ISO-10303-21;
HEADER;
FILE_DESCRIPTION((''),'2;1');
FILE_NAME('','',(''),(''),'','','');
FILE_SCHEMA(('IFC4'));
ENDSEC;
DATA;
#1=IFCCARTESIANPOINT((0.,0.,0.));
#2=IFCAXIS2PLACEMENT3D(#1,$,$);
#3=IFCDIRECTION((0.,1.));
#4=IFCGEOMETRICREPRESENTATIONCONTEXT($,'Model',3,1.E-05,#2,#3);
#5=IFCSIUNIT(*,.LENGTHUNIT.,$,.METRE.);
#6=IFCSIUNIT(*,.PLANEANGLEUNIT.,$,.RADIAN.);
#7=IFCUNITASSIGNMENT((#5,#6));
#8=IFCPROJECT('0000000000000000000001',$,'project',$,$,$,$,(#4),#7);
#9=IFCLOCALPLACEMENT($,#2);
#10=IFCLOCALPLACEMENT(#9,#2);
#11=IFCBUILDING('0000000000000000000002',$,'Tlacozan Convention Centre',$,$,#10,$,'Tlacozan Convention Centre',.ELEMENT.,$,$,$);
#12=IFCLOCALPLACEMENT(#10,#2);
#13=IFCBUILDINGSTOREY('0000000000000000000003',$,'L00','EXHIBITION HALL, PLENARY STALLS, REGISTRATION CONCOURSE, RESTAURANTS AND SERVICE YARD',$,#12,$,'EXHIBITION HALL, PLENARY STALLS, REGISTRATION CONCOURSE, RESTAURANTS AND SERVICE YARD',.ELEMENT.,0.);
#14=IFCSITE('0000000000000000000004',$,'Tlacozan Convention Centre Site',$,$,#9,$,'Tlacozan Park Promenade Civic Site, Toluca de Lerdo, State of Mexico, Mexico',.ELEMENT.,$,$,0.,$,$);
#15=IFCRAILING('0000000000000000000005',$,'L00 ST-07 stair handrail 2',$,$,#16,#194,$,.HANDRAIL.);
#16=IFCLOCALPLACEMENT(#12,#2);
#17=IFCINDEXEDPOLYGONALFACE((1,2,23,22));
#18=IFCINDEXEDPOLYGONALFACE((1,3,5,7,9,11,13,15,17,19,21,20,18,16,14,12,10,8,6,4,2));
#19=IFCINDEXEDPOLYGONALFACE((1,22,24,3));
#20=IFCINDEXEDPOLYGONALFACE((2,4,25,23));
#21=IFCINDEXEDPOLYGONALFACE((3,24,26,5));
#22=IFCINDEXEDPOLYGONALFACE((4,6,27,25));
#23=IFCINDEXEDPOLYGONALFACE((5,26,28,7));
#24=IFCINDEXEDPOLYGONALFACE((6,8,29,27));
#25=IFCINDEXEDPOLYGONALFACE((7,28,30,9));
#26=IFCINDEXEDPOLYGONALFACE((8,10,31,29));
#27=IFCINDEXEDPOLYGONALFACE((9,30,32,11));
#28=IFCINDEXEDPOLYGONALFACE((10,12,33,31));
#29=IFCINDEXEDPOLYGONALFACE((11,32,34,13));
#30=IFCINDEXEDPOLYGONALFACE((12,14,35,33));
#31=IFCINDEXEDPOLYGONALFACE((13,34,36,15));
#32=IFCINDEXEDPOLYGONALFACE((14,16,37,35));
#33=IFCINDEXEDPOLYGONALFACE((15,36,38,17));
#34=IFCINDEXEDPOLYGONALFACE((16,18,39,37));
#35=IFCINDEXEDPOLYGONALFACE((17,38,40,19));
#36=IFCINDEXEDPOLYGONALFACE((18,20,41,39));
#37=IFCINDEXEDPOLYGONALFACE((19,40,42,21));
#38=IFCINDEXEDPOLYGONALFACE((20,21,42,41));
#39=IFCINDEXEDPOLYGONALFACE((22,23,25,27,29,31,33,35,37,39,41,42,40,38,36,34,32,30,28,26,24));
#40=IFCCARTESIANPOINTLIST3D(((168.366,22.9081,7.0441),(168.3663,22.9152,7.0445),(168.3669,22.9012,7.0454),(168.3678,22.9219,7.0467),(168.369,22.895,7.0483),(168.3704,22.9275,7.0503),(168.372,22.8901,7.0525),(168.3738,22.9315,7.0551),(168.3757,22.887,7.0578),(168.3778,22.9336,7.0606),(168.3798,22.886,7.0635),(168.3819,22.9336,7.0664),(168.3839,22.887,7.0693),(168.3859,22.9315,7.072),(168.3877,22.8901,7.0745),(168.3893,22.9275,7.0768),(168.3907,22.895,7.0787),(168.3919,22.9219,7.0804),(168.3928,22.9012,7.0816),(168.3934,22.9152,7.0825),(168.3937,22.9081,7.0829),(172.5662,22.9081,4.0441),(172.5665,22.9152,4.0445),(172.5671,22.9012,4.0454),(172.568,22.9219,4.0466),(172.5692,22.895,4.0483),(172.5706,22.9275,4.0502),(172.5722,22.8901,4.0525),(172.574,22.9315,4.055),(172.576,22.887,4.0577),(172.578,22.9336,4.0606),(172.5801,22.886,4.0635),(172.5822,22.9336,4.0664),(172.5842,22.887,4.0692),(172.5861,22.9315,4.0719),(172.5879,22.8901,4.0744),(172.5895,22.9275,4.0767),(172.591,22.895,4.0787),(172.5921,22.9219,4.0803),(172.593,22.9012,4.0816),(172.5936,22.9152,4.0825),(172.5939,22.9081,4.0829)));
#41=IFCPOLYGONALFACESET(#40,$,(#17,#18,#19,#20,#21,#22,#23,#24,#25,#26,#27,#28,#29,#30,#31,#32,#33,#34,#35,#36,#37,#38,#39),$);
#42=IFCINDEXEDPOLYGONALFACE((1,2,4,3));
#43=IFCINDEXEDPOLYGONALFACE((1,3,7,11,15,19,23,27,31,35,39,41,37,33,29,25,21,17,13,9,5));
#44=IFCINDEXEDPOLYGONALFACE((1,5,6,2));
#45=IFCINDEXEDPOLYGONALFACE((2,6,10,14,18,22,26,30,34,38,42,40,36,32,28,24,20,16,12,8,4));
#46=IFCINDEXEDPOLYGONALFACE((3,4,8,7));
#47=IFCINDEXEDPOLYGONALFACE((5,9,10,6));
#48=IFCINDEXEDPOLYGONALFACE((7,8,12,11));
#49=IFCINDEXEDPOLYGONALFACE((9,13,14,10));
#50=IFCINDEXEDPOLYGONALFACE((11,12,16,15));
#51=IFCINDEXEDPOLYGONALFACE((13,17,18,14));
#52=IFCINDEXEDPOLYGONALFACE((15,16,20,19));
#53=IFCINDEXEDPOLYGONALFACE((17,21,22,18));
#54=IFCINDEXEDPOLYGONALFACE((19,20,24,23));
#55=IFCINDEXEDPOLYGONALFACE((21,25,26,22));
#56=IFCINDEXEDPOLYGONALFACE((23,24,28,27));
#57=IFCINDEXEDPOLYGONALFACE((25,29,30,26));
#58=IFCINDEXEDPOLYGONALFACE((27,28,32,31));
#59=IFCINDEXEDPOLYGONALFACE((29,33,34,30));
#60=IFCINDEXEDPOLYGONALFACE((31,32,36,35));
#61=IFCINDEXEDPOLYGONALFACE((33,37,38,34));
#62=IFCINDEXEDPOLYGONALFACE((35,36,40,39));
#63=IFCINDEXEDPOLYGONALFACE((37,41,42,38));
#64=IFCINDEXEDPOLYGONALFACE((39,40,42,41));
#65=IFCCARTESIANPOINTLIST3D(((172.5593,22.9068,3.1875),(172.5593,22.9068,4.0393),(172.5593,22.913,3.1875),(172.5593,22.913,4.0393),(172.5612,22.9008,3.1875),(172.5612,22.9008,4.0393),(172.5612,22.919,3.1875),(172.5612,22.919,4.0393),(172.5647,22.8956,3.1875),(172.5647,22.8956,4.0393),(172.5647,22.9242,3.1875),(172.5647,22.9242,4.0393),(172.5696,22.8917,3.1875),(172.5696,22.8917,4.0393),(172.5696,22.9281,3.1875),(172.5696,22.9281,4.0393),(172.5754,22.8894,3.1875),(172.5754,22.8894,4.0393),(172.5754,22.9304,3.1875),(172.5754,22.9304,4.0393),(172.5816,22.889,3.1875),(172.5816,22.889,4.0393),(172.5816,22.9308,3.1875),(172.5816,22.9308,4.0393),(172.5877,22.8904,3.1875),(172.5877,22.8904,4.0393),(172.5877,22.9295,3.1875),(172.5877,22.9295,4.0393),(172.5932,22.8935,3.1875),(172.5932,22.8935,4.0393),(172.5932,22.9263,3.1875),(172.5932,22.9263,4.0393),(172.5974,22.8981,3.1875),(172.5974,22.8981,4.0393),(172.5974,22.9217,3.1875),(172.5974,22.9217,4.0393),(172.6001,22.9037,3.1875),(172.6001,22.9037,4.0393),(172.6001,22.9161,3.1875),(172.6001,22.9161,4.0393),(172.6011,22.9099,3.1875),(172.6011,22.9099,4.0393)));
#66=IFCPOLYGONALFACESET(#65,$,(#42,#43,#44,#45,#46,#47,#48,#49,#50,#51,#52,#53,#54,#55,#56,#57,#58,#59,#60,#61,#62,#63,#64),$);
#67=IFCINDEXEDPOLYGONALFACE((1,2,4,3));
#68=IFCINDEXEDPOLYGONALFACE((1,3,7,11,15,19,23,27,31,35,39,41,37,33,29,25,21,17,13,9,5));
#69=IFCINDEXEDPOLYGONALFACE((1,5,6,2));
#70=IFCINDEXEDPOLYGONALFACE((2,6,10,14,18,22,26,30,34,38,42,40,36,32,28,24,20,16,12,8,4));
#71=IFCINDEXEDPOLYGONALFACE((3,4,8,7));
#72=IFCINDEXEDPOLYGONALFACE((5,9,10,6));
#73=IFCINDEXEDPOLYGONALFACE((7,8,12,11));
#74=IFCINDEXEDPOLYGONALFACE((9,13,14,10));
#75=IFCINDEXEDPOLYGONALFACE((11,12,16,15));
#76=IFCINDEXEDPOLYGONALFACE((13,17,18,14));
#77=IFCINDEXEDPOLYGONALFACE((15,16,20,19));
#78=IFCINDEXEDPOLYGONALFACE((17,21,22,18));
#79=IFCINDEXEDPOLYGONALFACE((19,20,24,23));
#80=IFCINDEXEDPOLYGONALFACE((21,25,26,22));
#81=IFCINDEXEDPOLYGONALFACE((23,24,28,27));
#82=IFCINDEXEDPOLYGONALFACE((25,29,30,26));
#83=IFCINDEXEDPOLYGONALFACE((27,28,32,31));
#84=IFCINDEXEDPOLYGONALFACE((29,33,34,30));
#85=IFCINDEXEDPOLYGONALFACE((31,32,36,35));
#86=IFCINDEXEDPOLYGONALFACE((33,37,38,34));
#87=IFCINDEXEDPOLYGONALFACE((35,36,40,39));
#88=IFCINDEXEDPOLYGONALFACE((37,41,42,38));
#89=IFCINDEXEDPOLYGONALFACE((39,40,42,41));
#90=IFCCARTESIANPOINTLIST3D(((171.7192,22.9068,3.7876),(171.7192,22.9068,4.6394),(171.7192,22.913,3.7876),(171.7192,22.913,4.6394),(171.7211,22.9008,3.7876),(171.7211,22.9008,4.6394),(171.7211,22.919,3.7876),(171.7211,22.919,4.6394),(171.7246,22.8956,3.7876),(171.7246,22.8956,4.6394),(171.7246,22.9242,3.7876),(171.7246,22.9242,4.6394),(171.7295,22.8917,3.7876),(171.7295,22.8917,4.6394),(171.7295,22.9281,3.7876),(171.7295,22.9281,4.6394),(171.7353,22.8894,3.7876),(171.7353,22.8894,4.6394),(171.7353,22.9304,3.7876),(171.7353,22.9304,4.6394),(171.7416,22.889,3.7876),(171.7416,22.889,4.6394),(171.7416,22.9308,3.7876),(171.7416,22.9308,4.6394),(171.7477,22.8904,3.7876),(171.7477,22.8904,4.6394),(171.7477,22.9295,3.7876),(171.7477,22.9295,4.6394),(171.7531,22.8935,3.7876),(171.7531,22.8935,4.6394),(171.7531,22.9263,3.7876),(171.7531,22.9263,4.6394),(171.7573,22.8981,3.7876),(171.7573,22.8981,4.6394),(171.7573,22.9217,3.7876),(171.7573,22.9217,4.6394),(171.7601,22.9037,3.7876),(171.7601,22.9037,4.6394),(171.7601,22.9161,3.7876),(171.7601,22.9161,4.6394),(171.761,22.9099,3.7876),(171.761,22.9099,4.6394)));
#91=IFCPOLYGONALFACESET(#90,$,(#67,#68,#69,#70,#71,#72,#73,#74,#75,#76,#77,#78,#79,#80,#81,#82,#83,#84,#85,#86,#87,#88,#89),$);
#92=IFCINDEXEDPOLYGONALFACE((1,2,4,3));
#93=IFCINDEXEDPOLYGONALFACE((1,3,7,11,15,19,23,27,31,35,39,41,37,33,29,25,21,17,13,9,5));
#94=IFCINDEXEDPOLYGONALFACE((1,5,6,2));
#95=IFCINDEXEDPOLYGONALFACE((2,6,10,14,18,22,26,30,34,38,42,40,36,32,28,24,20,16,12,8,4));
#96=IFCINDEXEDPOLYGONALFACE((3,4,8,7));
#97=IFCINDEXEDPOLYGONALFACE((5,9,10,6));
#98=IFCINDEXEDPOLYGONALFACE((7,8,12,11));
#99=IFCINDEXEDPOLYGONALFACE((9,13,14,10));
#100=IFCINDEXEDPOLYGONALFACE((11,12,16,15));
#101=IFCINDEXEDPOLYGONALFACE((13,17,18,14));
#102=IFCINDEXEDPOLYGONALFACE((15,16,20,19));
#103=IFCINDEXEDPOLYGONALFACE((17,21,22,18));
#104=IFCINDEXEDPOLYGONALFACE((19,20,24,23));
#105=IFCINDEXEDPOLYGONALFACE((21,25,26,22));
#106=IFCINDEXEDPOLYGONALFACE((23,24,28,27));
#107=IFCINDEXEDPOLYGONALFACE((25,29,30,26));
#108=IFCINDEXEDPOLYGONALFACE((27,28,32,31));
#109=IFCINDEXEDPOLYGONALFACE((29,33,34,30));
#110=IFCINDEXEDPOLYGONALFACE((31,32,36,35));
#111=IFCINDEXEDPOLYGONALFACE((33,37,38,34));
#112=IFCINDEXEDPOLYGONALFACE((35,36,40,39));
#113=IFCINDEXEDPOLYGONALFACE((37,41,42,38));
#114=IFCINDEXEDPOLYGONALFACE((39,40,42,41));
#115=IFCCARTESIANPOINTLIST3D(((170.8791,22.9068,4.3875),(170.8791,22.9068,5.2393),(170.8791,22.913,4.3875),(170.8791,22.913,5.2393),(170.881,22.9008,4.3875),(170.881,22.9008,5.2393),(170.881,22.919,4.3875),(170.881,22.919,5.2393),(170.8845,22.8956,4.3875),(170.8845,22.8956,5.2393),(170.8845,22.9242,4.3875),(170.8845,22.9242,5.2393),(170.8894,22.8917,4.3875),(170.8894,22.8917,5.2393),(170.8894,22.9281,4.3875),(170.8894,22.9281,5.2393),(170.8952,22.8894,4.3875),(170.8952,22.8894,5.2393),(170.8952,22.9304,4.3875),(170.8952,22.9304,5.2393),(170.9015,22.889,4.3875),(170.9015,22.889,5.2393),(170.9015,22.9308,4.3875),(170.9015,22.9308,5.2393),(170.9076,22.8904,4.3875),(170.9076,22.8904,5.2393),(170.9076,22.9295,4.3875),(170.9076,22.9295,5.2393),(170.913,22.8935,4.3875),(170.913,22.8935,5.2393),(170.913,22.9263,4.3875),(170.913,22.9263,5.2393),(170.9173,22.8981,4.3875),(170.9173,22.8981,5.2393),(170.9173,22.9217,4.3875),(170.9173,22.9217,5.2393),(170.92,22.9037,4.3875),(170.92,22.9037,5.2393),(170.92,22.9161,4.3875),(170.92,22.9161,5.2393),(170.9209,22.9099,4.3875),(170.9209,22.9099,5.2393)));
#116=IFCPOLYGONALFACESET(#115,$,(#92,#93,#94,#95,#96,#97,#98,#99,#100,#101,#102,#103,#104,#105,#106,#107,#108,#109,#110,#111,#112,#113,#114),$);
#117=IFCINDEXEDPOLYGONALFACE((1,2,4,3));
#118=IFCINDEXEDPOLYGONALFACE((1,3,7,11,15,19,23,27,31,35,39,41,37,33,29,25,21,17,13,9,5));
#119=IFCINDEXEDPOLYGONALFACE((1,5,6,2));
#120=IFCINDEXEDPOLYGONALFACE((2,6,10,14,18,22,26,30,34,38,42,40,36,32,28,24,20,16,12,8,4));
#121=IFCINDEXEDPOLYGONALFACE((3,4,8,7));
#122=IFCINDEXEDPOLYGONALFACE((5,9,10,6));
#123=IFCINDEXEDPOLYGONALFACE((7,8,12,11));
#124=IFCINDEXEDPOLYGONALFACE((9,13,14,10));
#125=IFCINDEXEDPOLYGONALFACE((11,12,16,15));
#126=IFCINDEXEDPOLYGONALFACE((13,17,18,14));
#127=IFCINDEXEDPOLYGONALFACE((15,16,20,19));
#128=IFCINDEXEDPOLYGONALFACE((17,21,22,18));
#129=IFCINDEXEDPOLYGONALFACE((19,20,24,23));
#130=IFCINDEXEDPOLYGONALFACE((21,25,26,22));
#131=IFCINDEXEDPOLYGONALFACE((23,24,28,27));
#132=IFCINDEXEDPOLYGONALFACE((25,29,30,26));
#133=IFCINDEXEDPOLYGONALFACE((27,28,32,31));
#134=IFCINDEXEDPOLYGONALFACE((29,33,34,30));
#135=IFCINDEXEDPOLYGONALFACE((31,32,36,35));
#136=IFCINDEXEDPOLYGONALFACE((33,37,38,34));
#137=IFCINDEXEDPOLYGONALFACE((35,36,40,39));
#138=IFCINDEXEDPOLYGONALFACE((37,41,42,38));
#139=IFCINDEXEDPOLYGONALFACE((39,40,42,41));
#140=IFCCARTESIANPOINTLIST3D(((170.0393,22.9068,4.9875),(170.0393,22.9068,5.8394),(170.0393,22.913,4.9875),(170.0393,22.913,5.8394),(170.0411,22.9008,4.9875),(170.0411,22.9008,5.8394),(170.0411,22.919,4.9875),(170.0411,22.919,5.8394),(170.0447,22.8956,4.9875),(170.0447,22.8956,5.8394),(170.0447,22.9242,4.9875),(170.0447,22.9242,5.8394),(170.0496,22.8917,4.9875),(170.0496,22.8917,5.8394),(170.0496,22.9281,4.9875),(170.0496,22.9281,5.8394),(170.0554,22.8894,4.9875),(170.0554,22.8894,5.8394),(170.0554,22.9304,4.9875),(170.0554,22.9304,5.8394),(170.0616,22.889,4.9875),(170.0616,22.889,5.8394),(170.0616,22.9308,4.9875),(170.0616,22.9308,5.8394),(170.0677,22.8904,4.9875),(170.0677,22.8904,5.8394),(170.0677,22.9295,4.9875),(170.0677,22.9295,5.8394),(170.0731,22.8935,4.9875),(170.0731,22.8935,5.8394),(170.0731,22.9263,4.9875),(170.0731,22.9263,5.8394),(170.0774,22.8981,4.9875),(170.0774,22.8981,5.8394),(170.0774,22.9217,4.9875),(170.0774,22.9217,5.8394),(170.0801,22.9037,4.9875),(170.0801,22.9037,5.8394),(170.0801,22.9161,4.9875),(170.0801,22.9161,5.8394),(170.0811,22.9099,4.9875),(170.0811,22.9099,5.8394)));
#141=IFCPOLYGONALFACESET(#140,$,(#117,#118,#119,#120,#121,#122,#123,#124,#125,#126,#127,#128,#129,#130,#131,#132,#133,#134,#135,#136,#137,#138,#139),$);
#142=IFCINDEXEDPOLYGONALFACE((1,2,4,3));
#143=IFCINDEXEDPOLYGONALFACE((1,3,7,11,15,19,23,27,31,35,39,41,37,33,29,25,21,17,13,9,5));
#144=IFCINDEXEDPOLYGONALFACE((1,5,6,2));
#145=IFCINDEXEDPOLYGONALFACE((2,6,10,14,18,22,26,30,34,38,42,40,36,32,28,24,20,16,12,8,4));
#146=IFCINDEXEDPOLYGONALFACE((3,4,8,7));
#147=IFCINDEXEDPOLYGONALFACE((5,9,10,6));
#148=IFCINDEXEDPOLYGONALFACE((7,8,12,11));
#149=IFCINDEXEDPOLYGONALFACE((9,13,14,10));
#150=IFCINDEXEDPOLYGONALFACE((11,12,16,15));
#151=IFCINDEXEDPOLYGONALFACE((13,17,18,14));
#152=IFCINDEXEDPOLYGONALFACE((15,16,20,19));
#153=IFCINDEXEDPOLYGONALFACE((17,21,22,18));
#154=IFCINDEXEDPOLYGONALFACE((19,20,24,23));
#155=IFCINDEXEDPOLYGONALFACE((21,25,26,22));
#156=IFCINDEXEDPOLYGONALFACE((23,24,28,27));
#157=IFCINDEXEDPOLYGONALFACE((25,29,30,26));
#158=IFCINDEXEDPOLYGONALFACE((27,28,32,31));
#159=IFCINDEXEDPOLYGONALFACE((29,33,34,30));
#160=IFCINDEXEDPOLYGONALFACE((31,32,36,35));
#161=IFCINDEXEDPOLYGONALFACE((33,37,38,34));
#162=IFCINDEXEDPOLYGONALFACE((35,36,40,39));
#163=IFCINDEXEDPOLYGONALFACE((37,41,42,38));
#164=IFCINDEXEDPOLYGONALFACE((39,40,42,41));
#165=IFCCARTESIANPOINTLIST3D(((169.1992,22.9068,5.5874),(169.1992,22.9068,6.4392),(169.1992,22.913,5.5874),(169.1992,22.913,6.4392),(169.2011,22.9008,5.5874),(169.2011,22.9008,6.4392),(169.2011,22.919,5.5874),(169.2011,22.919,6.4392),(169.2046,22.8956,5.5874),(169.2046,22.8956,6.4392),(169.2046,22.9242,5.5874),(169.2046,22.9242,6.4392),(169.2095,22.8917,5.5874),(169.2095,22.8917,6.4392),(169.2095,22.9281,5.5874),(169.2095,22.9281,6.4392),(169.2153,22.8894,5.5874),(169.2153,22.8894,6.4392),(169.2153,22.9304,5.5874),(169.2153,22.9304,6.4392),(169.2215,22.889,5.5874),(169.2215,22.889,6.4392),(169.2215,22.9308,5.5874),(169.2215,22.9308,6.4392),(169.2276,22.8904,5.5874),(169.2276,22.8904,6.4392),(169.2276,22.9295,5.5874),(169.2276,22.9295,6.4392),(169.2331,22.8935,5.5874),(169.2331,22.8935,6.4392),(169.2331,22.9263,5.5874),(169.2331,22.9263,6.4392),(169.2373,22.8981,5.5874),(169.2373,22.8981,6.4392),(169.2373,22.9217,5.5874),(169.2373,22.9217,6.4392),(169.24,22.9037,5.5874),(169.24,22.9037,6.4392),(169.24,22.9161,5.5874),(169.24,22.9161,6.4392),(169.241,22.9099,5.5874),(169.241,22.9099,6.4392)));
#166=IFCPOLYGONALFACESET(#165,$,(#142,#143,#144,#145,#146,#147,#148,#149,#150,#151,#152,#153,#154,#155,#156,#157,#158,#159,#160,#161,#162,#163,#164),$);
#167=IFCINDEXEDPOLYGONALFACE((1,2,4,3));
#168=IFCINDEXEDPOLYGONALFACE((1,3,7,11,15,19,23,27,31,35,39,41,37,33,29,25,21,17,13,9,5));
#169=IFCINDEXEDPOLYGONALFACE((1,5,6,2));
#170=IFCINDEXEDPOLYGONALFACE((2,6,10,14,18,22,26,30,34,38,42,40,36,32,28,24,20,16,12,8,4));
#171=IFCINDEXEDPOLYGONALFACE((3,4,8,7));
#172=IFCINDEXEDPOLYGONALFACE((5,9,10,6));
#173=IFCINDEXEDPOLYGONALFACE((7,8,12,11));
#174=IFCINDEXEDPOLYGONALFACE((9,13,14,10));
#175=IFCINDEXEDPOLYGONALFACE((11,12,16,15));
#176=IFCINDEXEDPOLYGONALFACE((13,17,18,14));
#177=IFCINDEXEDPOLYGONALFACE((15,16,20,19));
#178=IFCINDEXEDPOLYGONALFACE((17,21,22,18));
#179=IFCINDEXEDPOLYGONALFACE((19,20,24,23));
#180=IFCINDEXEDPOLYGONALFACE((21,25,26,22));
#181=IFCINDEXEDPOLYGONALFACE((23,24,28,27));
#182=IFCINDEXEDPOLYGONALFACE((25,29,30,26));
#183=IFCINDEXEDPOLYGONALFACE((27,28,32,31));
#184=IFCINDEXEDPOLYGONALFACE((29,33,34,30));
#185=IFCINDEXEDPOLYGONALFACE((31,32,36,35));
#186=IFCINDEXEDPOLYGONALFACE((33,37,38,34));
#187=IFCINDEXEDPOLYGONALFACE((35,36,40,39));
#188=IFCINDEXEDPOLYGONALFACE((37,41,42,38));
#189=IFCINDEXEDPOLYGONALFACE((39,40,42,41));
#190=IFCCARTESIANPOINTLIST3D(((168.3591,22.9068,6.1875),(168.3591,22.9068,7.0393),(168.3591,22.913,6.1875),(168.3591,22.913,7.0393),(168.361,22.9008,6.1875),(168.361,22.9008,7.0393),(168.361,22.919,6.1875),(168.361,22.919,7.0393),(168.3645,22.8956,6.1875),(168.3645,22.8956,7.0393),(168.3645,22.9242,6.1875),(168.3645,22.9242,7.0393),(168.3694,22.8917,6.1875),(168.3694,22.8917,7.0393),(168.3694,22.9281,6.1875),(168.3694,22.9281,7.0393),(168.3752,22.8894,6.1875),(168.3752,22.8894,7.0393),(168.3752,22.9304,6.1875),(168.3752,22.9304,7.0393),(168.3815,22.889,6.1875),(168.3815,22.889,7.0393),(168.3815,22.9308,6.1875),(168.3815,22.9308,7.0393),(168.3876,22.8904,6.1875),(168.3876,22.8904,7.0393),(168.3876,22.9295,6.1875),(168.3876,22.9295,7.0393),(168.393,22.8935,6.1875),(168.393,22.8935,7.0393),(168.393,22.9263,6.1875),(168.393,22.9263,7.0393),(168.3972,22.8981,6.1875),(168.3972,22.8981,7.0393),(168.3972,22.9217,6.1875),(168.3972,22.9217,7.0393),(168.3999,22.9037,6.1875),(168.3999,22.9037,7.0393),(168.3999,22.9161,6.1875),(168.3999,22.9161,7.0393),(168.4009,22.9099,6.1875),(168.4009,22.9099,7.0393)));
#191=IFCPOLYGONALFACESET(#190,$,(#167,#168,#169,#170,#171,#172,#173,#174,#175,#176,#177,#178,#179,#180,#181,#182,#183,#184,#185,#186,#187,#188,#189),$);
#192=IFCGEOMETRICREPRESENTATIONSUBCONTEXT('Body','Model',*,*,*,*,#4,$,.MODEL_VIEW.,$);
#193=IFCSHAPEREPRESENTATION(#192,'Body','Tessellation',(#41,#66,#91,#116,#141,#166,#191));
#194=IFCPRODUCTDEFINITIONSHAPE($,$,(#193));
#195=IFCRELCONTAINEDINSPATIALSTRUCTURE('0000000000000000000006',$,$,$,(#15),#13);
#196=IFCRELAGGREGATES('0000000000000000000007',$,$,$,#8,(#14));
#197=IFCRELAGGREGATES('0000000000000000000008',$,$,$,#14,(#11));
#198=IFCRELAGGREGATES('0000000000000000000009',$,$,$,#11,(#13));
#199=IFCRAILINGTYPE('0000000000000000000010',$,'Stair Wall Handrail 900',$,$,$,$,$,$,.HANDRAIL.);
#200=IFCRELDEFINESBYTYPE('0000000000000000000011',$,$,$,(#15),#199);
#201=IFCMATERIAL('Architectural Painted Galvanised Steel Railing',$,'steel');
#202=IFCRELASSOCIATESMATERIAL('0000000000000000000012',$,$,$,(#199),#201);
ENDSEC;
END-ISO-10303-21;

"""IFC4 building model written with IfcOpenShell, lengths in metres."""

from ifc_helpers import new_model, si_unit, direction, frame, origin, origin_2d, place, context, subcontext, project, spatial, circle, extrude, material, type_object, element, save


model = new_model("IFC4")

# Units and contexts
model_context = context("Model", 3, precision=1e-05, world=origin(), true_north=direction((0.0, 1.0)))
body_context = subcontext(model_context, "Body", "Model", "MODEL_VIEW")
ifc_project = project(units=[si_unit("LENGTHUNIT", "METRE"), si_unit("PLANEANGLEUNIT", "RADIAN")], contexts=[model_context])

# Site, building, storey
site_placement = place(None, origin())
site = spatial("IfcSite", under=ifc_project, at=site_placement, Name="Tlacozan Convention Centre Site", LongName="Tlacozan Park Promenade Civic Site, Toluca de Lerdo, State of Mexico, Mexico", CompositionType="ELEMENT", RefElevation=0.0)
building_placement = place(site_placement, origin())
building = spatial("IfcBuilding", under=site, at=building_placement, Name="Tlacozan Convention Centre", LongName="Tlacozan Convention Centre", CompositionType="ELEMENT")
storey_placement = place(building_placement, origin())
storey = spatial("IfcBuildingStorey", under=building, at=storey_placement, Name="L00", Description="EXHIBITION HALL, PLENARY STALLS, REGISTRATION CONCOURSE, RESTAURANTS AND SERVICE YARD", LongName="EXHIBITION HALL, PLENARY STALLS, REGISTRATION CONCOURSE, RESTAURANTS AND SERVICE YARD", CompositionType="ELEMENT", Elevation=0.0)

# Railing
ifc_material_1 = material(Name="Architectural Painted Galvanised Steel Railing", Category="steel")
railing_type_1 = type_object("IfcRailingType", Name="Stair Wall Handrail 900", PredefinedType="HANDRAIL", material=ifc_material_1)
railing_1_placement = place(storey_placement, frame((172.5801, 22.9099, 3.1875)))
element("IfcRailing", 1, at=railing_1_placement, inside=storey, type_object=railing_type_1, Name="L00 ST-07 stair handrail 2", PredefinedType="HANDRAIL", context=body_context, shape_type="SweptSolid", body=[
    extrude(circle(Radius=0.0239, at=origin_2d()), frame((0.0, 0.0, 0.876), z_axis=(-0.813746, 0.0, 0.58122), x_axis=(0.0, -1.0, 0.0)), (0.0, 0.0, 1.0), 5.1616),
    extrude(circle(Radius=0.021, at=origin_2d()), origin(), (0.0, 0.0, 1.0), 0.8518),
    extrude(circle(Radius=0.021, at=origin_2d()), frame((-0.8401, 0.0, 0.6001)), (0.0, 0.0, 1.0), 0.8518),
    extrude(circle(Radius=0.021, at=origin_2d()), frame((-1.6802, 0.0, 1.2)), (0.0, 0.0, 1.0), 0.8518),
    extrude(circle(Radius=0.021, at=origin_2d()), frame((-2.52, 0.0, 1.8)), (0.0, 0.0, 1.0), 0.8518),
    extrude(circle(Radius=0.021, at=origin_2d()), frame((-3.3601, 0.0, 2.3999)), (0.0, 0.0, 1.0), 0.8518),
    extrude(circle(Radius=0.021, at=origin_2d()), frame((-4.2002, 0.0, 3.0)), (0.0, 0.0, 1.0), 0.8518),
])

save(model, "model.ifc")
